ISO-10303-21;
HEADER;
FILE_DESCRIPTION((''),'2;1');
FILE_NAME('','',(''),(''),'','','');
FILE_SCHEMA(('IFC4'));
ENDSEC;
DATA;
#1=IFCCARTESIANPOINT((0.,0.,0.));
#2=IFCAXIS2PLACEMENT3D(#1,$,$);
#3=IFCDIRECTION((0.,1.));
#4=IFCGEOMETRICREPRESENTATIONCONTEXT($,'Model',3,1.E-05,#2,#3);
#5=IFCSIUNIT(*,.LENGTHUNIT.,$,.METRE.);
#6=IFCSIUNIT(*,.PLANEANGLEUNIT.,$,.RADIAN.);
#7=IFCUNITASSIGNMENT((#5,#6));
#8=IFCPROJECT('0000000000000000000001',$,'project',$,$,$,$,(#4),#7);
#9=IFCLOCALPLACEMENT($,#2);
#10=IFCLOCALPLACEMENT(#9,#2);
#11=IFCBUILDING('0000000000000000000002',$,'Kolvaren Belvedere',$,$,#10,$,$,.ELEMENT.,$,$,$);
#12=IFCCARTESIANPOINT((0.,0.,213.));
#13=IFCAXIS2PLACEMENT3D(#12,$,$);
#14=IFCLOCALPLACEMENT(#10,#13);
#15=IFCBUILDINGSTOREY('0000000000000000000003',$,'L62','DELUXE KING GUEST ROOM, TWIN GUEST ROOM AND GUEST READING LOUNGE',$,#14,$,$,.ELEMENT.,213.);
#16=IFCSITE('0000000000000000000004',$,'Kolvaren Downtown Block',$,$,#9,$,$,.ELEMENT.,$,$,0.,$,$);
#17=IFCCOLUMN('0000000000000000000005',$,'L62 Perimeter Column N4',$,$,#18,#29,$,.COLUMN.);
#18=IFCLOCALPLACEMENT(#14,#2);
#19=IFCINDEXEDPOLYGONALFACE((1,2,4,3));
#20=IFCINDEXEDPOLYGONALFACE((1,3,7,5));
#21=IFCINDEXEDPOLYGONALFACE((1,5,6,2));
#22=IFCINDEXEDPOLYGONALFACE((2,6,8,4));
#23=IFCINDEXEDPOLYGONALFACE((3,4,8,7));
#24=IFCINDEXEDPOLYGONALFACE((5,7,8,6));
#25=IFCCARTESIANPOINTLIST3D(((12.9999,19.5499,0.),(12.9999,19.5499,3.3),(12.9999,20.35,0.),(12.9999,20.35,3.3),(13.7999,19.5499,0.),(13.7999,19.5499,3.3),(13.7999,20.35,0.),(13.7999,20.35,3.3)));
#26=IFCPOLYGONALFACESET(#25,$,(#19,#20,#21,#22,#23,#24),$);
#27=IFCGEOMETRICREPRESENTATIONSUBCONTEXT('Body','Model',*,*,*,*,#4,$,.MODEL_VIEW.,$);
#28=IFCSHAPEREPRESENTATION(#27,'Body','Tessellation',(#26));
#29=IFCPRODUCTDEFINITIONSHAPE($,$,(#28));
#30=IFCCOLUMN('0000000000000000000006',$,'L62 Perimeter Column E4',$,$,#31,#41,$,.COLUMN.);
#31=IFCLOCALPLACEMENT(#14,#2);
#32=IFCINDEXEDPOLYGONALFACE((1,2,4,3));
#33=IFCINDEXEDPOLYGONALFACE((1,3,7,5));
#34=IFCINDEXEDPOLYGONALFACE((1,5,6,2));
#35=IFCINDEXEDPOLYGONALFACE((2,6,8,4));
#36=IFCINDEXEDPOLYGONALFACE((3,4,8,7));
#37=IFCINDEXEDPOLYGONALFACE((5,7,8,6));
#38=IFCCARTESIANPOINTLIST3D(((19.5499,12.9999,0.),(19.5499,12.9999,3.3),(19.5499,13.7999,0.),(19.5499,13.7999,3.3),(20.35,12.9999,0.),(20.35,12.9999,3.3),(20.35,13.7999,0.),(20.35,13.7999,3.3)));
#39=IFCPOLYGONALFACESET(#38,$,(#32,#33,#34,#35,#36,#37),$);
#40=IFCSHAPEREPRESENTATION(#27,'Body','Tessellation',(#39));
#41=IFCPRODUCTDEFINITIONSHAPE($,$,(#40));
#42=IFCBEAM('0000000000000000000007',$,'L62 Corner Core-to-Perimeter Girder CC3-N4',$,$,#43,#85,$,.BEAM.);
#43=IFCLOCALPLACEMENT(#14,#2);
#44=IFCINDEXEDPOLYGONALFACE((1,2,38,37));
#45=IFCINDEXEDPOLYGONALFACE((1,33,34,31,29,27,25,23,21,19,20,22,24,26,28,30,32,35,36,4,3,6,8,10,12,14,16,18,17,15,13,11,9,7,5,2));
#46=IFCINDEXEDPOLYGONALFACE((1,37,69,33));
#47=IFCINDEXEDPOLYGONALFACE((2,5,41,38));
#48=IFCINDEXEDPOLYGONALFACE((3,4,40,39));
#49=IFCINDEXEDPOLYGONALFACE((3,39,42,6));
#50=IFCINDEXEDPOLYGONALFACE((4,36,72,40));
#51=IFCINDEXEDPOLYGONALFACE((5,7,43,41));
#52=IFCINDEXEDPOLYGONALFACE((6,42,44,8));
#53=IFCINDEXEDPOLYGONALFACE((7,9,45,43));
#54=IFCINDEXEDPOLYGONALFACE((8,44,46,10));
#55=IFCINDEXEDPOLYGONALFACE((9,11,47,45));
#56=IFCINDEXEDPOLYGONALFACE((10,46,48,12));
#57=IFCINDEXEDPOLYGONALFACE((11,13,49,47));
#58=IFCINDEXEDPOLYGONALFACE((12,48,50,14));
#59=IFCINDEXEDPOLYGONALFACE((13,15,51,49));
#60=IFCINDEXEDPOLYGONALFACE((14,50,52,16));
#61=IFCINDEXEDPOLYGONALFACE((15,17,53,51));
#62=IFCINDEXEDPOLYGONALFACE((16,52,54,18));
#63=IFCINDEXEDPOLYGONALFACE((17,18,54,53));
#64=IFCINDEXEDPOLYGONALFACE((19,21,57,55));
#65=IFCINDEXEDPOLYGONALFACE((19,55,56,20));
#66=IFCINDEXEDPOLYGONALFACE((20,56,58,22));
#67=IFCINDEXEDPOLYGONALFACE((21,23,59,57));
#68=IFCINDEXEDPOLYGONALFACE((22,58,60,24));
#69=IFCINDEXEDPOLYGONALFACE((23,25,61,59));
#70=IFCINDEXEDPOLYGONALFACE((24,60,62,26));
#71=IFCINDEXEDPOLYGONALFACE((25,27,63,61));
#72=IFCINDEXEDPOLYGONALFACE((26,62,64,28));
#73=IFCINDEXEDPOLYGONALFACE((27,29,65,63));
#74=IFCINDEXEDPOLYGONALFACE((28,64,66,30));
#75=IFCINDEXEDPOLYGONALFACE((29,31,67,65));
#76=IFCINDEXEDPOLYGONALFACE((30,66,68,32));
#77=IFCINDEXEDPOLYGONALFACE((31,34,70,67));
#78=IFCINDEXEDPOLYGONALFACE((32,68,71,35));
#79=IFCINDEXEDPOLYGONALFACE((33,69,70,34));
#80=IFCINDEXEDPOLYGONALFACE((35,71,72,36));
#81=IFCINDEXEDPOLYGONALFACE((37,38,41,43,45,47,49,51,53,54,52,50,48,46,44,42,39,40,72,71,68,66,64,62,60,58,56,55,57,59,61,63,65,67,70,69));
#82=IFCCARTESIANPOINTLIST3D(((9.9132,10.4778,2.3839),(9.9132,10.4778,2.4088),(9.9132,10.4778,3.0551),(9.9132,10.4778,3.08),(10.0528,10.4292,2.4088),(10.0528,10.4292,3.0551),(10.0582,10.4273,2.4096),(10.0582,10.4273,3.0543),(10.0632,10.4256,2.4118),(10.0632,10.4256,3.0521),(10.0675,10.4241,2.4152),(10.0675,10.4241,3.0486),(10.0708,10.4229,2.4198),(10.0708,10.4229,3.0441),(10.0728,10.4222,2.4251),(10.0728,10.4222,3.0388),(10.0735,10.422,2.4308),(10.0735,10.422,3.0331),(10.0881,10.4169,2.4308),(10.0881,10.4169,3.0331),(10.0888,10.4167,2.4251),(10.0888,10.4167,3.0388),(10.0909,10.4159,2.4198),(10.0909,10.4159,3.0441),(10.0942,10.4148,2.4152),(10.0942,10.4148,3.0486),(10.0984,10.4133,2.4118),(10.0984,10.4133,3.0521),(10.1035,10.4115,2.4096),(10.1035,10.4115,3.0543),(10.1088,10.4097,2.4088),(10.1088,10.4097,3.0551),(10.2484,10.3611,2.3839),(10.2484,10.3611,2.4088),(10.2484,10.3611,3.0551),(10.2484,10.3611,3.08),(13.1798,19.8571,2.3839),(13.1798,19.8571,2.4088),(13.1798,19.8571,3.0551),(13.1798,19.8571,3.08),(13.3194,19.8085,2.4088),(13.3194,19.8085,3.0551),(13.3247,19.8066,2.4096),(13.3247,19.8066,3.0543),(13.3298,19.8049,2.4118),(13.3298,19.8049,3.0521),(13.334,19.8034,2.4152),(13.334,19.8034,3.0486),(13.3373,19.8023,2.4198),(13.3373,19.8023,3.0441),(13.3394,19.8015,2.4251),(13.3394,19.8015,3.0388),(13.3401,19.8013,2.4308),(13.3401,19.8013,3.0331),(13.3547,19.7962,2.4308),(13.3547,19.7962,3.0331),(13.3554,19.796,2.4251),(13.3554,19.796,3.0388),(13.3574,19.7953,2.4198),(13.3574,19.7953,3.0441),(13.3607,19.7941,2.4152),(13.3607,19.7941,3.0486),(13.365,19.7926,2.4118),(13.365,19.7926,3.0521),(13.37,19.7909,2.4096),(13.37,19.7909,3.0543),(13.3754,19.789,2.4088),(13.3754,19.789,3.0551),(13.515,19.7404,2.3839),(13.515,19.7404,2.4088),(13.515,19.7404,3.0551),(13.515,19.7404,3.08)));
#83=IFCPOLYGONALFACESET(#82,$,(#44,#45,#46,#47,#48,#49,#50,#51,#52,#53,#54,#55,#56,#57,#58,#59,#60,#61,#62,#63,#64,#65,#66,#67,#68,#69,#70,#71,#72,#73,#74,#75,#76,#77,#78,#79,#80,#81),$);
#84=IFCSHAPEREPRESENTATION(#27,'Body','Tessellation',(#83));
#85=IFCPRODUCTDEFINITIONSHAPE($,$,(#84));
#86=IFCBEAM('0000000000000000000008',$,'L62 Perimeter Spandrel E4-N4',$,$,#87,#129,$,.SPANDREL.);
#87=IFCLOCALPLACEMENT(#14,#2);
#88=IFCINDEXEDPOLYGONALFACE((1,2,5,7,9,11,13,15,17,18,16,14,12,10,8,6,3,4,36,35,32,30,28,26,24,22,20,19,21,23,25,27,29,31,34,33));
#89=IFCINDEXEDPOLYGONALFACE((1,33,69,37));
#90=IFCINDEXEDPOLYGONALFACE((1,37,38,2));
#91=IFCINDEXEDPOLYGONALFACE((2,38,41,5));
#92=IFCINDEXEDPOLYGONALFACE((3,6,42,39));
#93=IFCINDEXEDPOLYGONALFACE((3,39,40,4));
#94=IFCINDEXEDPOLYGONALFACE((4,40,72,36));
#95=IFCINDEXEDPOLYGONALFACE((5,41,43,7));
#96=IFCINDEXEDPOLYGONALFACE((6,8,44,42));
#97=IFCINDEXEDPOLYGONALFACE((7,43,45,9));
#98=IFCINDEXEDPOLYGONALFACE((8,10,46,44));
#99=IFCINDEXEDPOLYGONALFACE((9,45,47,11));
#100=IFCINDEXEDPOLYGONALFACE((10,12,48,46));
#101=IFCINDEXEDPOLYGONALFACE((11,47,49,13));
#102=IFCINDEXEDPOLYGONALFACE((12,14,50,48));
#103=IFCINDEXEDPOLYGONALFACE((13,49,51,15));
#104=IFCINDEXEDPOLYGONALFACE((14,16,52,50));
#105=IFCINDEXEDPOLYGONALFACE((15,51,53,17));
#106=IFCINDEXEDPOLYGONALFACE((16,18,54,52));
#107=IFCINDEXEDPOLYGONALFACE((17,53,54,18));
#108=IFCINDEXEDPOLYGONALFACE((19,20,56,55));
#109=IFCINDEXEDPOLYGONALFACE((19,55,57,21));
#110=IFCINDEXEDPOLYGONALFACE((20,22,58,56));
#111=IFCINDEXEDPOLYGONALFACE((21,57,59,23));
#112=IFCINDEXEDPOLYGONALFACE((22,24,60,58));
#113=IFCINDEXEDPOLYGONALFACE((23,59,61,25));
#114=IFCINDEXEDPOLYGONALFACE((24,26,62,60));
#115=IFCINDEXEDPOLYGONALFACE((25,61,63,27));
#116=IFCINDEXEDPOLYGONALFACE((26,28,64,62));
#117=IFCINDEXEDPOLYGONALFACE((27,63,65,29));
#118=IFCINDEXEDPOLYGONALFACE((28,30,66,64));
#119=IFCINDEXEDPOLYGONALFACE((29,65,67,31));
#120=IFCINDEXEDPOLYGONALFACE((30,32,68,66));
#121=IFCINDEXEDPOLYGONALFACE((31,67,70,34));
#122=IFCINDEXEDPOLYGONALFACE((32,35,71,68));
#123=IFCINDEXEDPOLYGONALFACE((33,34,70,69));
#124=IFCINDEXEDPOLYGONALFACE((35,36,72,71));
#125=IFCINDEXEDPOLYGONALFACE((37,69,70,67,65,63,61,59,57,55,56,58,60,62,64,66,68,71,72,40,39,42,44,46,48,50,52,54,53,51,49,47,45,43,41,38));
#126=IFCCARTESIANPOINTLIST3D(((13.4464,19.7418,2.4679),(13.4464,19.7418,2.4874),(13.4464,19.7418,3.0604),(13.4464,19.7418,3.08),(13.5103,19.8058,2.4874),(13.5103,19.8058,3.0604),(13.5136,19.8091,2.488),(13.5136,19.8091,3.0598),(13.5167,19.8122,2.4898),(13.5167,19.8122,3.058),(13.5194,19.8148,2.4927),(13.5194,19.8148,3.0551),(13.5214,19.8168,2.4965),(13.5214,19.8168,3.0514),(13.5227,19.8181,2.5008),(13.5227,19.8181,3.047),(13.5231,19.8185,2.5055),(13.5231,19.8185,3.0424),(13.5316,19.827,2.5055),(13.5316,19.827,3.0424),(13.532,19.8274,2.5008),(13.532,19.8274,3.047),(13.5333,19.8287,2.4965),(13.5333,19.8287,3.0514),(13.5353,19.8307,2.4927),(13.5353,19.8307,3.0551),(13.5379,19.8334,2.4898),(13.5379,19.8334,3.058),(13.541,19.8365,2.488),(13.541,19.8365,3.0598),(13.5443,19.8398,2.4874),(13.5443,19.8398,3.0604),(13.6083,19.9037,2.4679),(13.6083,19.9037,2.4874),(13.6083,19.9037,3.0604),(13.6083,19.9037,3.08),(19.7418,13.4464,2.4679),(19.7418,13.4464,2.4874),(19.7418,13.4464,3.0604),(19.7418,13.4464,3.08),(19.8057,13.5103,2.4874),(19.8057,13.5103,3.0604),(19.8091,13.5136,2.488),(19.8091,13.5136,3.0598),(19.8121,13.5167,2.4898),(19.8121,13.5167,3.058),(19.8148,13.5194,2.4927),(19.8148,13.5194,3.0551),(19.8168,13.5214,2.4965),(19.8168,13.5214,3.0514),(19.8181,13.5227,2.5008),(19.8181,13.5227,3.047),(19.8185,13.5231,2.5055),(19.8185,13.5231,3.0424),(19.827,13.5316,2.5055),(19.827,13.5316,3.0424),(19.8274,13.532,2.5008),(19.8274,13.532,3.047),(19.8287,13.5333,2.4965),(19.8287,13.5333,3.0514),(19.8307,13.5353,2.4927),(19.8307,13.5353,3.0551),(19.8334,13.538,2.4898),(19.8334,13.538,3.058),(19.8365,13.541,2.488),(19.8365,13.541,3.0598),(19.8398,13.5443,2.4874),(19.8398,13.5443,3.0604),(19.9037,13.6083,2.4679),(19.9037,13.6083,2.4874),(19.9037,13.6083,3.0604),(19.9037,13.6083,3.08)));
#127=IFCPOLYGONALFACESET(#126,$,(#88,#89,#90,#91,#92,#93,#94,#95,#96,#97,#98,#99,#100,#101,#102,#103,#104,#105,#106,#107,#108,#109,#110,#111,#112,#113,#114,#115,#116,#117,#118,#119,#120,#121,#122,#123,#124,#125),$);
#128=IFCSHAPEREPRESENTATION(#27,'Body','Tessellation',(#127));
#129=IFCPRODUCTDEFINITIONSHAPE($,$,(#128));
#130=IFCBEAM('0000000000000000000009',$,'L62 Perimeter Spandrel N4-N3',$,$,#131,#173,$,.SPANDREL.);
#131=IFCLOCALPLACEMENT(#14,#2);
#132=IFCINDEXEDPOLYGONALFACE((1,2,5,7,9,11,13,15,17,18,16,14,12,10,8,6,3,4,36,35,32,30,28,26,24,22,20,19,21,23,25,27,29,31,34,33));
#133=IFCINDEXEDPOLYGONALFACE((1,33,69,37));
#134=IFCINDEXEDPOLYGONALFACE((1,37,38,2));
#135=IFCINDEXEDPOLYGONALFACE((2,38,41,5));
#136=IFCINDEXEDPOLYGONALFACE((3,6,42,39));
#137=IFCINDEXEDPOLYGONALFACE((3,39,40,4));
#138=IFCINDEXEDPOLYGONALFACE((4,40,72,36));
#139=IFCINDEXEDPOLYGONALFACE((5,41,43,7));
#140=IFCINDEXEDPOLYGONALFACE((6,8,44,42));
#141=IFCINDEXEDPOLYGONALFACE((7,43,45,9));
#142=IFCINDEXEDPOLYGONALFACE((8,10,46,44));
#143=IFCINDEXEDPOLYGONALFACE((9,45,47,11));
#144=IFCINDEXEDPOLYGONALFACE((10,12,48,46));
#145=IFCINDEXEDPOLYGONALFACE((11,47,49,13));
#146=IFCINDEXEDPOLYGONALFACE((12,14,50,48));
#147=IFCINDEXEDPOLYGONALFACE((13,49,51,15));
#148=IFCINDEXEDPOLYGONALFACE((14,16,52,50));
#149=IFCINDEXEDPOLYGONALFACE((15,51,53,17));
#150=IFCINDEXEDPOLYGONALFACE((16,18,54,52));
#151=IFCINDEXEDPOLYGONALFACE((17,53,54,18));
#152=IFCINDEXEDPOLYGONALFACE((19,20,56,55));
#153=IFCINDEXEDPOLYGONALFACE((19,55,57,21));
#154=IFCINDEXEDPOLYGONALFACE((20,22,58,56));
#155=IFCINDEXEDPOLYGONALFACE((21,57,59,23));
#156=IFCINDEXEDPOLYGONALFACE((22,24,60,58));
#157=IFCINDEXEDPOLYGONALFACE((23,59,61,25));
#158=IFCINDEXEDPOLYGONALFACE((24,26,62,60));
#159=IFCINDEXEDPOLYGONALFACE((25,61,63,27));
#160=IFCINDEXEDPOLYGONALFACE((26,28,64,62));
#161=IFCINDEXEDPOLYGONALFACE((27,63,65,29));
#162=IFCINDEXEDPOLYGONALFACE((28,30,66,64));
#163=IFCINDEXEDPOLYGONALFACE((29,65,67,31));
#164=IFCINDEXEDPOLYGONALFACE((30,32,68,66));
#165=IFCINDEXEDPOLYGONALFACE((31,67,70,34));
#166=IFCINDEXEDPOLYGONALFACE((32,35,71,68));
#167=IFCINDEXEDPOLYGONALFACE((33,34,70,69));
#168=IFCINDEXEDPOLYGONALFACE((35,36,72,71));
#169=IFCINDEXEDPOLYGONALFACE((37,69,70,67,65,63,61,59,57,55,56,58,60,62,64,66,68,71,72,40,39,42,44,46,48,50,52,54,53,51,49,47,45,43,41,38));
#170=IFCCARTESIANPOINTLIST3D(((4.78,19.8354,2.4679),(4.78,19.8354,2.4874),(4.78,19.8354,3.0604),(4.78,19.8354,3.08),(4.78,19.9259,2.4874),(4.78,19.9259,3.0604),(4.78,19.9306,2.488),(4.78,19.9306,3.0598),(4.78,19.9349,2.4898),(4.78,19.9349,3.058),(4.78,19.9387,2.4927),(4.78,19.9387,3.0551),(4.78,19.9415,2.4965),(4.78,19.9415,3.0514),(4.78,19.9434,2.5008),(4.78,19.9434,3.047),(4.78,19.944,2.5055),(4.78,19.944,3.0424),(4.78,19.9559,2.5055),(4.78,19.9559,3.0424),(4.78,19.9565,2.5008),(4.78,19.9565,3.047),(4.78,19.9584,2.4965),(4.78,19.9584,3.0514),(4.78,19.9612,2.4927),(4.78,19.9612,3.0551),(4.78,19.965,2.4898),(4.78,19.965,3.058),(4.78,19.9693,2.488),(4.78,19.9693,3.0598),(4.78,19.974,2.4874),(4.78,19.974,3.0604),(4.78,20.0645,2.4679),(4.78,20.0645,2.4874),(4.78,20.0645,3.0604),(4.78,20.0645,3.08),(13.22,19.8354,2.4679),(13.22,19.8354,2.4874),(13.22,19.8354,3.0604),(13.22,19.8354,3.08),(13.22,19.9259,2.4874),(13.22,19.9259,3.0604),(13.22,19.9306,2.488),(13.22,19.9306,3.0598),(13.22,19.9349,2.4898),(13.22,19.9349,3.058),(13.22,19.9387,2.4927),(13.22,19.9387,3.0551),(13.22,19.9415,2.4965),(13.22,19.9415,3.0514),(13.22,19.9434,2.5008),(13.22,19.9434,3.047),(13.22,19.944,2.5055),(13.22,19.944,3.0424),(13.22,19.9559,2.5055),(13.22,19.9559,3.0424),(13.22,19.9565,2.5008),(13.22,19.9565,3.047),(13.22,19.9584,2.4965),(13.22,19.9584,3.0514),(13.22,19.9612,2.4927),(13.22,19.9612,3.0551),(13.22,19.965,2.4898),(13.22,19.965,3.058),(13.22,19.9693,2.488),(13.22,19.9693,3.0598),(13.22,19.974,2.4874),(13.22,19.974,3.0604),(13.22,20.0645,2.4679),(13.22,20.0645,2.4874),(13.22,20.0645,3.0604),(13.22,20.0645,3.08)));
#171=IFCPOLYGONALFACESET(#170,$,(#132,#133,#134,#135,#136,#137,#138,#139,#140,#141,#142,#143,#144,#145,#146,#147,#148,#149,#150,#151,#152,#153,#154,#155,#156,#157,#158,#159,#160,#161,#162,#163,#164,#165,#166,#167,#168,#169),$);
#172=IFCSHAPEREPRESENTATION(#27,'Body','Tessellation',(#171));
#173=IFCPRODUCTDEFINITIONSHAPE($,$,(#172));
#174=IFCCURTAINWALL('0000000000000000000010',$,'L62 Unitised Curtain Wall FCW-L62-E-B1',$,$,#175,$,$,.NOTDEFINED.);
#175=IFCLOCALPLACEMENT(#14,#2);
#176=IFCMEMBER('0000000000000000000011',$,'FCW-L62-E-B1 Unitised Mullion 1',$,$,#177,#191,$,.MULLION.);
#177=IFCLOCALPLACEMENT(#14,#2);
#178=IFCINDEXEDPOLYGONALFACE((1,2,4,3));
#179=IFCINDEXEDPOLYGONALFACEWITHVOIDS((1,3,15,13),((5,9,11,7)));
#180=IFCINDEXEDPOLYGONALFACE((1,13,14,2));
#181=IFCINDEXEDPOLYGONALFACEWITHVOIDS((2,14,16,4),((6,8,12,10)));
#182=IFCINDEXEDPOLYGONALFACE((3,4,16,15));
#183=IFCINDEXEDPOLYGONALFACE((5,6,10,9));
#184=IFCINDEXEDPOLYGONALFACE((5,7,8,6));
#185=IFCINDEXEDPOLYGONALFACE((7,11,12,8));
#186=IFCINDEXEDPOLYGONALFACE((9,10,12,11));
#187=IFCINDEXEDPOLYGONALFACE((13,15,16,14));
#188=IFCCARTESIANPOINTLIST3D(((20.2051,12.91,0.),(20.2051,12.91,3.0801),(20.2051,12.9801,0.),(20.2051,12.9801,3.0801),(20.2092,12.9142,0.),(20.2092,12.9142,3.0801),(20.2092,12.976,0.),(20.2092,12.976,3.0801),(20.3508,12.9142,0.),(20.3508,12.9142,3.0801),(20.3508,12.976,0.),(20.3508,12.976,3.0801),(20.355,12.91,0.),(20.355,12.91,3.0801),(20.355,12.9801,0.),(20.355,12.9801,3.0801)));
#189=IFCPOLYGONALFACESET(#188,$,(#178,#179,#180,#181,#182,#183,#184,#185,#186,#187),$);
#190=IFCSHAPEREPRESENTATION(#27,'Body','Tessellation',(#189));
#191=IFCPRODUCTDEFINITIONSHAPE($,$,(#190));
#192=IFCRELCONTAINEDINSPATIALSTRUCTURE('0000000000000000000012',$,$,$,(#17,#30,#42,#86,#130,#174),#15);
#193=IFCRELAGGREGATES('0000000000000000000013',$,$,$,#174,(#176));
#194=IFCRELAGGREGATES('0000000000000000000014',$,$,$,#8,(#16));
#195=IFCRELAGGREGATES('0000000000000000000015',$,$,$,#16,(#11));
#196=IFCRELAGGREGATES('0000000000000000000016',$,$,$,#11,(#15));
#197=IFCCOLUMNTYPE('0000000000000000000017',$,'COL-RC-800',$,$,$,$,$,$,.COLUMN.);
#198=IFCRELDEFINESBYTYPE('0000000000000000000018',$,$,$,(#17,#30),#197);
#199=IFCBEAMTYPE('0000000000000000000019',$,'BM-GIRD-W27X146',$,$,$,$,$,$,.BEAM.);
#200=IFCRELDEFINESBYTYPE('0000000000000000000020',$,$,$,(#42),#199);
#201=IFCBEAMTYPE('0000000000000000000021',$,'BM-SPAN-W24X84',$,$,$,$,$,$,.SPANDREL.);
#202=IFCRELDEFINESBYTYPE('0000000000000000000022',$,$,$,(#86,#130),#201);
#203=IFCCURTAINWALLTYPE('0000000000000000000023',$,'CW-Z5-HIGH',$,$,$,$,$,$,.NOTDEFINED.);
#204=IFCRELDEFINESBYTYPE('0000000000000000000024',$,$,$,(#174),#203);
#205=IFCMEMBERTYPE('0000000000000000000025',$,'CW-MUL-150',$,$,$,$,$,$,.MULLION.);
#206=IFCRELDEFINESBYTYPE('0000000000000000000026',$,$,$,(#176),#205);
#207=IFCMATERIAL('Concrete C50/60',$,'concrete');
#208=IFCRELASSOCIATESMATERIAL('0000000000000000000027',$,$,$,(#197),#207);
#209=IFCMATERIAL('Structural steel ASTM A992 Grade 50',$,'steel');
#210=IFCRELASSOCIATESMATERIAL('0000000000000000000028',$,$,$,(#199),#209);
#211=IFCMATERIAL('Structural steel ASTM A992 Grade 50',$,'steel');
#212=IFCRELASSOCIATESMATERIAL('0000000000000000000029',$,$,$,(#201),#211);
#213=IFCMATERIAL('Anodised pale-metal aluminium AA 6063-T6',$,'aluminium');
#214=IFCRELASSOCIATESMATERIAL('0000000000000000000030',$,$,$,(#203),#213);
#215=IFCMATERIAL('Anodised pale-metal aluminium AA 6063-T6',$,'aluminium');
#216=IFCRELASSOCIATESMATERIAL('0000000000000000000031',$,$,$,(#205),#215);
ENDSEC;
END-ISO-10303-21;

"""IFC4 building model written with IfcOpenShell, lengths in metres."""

from ifc_helpers import new_model, si_unit, direction, frame, origin, origin_2d, place, context, subcontext, project, spatial, rectangle, hollow_rectangle, i_section, extrude, material, material_profile, profile_set, type_object, element, aggregate, save


model = new_model("IFC4")

# Units and contexts
model_context = context("Model", 3, precision=1e-05, world=origin(), true_north=direction((0.0, 1.0)))
body_context = subcontext(model_context, "Body", "Model", "MODEL_VIEW")
ifc_project = project(units=[si_unit("LENGTHUNIT", "METRE"), si_unit("PLANEANGLEUNIT", "RADIAN")], contexts=[model_context])

# Site, building, storey
site_placement = place(None, origin())
site = spatial("IfcSite", under=ifc_project, at=site_placement, Name="Kolvaren Downtown Block", CompositionType="ELEMENT", RefElevation=0.0)
building_placement = place(site_placement, origin())
building = spatial("IfcBuilding", under=site, at=building_placement, Name="Kolvaren Belvedere", CompositionType="ELEMENT")
storey_placement = place(building_placement, frame((0.0, 0.0, 213.0)))
storey = spatial("IfcBuildingStorey", under=building, at=storey_placement, Name="L62", Description="DELUXE KING GUEST ROOM, TWIN GUEST ROOM AND GUEST READING LOUNGE", CompositionType="ELEMENT", Elevation=213.0)

# Columns
ifc_material_1 = material(Name="Concrete C50/60", Category="concrete")
ifc_material_profile_1 = material_profile(ifc_material_1, rectangle(XDim=0.8, YDim=0.8, at=origin_2d()), Name="RC 800X800")
ifc_profile_set_1 = profile_set([ifc_material_profile_1], Name="Concrete C50/60")
column_type = type_object("IfcColumnType", Name="COL-RC-800", PredefinedType="COLUMN", material=ifc_profile_set_1)
for number, where, z_axis, x_axis, name in (
    (1, (13.3999, 19.95, 0.0), (0.0, 0.0, 1.0), (1.0, 0.0, 0.0), "L62 Perimeter Column N4"),
    (2, (19.95, 13.3999, 0.0), (0.0, 0.0, 1.0), (1.0, 0.0, 0.0), "L62 Perimeter Column E4"),
):
    element("IfcColumn", number, at=place(storey_placement, frame(where, z_axis=z_axis, x_axis=x_axis)), inside=storey, type_object=column_type, Name=name, PredefinedType="COLUMN", context=body_context, shape_type="SweptSolid", body=[
        extrude(rectangle(XDim=0.8, YDim=0.8, at=origin_2d()), origin(), (0.0, 0.0, 1.0), 3.3),
    ])

# Beams
ifc_material_2 = material(Name="Structural steel ASTM A992 Grade 50", Category="steel")
ifc_material_profile_2 = material_profile(ifc_material_2, i_section(OverallWidth=0.355, OverallDepth=0.696, WebThickness=0.0154, FlangeThickness=0.0249, FilletRadius=0.022, at=origin_2d()), Name="W27X146")
ifc_profile_set_2 = profile_set([ifc_material_profile_2], Name="Structural steel ASTM A992 Grade 50")
beam_type_1 = type_object("IfcBeamType", Name="BM-GIRD-W27X146", PredefinedType="BEAM", material=ifc_profile_set_2)
beam_1_placement = place(storey_placement, frame((10.0808, 10.4194, 2.7319), z_axis=(0.328898, 0.944365, 0.0), x_axis=(-0.944365, 0.328898, 0.0)))
element("IfcBeam", 3, at=beam_1_placement, inside=storey, type_object=beam_type_1, Name="L62 Corner Core-to-Perimeter Girder CC3-N4", PredefinedType="BEAM", context=body_context, shape_type="SweptSolid", body=[
    extrude(i_section(OverallWidth=0.355, OverallDepth=0.696, WebThickness=0.0154, FlangeThickness=0.0249, FilletRadius=0.022, at=origin_2d()), origin(), (0.0, 0.0, 1.0), 9.9319),
])
ifc_material_3 = material(Name="Structural steel ASTM A992 Grade 50", Category="steel")
ifc_material_profile_3 = material_profile(ifc_material_3, i_section(OverallWidth=0.229, OverallDepth=0.6121, WebThickness=0.012, FlangeThickness=0.0195, FilletRadius=0.0181, at=origin_2d()), Name="W24X84")
ifc_profile_set_3 = profile_set([ifc_material_profile_3], Name="Structural steel ASTM A992 Grade 50")
beam_type_2 = type_object("IfcBeamType", Name="BM-SPAN-W24X84", PredefinedType="SPANDREL", material=ifc_profile_set_3)
beam_2_placement = place(storey_placement, frame((19.8228, 13.5273, 2.7739), z_axis=(-0.707107, 0.707107, 0.0), x_axis=(-0.707107, -0.707107, 0.0)))
element("IfcBeam", 4, at=beam_2_placement, inside=storey, type_object=beam_type_2, Name="L62 Perimeter Spandrel E4-N4", PredefinedType="SPANDREL", context=body_context, shape_type="SweptSolid", body=[
    extrude(i_section(OverallWidth=0.229, OverallDepth=0.6121, WebThickness=0.012, FlangeThickness=0.0195, FilletRadius=0.0181, at=origin_2d()), origin(), (0.0, 0.0, 1.0), 8.9031),
])
beam_3_placement = place(storey_placement, frame((13.22, 19.95, 2.7739), z_axis=(-1.0, 0.0, 0.0), x_axis=(0.0, -1.0, 0.0)))
element("IfcBeam", 5, at=beam_3_placement, inside=storey, type_object=beam_type_2, Name="L62 Perimeter Spandrel N4-N3", PredefinedType="SPANDREL", context=body_context, shape_type="SweptSolid", body=[
    extrude(i_section(OverallWidth=0.229, OverallDepth=0.6121, WebThickness=0.012, FlangeThickness=0.0195, FilletRadius=0.0181, at=origin_2d()), origin(), (0.0, 0.0, 1.0), 8.4399),
])

# Curtain wall, member
ifc_material_4 = material(Name="Anodised pale-metal aluminium AA 6063-T6", Category="aluminium")
curtain_wall_type = type_object("IfcCurtainWallType", Name="CW-Z5-HIGH", PredefinedType="NOTDEFINED", material=ifc_material_4)
curtain_wall_1_placement = place(storey_placement, origin())
curtain_wall_1 = element("IfcCurtainWall", 6, at=curtain_wall_1_placement, inside=storey, type_object=curtain_wall_type, Name="L62 Unitised Curtain Wall FCW-L62-E-B1", PredefinedType="NOTDEFINED")
ifc_material_5 = material(Name="Anodised pale-metal aluminium AA 6063-T6", Category="aluminium")
ifc_material_profile_4 = material_profile(ifc_material_5, hollow_rectangle(XDim=0.0701, YDim=0.1499, WallThickness=0.0042, at=origin_2d()), Name="ALU-MUL-150X70")
ifc_profile_set_4 = profile_set([ifc_material_profile_4], Name="Anodised pale-metal aluminium AA 6063-T6")
member_type_1 = type_object("IfcMemberType", Name="CW-MUL-150", PredefinedType="MULLION", material=ifc_profile_set_4)
member_1_placement = place(storey_placement, frame((20.28, 12.9451, 0.0), z_axis=(0.0, 0.0, 1.0), x_axis=(0.0, 1.0, 0.0)))
member_1 = element("IfcMember", 7, at=member_1_placement, type_object=member_type_1, Name="FCW-L62-E-B1 Unitised Mullion 1", PredefinedType="MULLION", context=body_context, shape_type="SweptSolid", body=[
    extrude(hollow_rectangle(XDim=0.0701, YDim=0.1499, WallThickness=0.0042, at=origin_2d()), origin(), (0.0, 0.0, 1.0), 3.0801),
])

aggregate(curtain_wall_1, [member_1])

save(model, "model.ifc")
